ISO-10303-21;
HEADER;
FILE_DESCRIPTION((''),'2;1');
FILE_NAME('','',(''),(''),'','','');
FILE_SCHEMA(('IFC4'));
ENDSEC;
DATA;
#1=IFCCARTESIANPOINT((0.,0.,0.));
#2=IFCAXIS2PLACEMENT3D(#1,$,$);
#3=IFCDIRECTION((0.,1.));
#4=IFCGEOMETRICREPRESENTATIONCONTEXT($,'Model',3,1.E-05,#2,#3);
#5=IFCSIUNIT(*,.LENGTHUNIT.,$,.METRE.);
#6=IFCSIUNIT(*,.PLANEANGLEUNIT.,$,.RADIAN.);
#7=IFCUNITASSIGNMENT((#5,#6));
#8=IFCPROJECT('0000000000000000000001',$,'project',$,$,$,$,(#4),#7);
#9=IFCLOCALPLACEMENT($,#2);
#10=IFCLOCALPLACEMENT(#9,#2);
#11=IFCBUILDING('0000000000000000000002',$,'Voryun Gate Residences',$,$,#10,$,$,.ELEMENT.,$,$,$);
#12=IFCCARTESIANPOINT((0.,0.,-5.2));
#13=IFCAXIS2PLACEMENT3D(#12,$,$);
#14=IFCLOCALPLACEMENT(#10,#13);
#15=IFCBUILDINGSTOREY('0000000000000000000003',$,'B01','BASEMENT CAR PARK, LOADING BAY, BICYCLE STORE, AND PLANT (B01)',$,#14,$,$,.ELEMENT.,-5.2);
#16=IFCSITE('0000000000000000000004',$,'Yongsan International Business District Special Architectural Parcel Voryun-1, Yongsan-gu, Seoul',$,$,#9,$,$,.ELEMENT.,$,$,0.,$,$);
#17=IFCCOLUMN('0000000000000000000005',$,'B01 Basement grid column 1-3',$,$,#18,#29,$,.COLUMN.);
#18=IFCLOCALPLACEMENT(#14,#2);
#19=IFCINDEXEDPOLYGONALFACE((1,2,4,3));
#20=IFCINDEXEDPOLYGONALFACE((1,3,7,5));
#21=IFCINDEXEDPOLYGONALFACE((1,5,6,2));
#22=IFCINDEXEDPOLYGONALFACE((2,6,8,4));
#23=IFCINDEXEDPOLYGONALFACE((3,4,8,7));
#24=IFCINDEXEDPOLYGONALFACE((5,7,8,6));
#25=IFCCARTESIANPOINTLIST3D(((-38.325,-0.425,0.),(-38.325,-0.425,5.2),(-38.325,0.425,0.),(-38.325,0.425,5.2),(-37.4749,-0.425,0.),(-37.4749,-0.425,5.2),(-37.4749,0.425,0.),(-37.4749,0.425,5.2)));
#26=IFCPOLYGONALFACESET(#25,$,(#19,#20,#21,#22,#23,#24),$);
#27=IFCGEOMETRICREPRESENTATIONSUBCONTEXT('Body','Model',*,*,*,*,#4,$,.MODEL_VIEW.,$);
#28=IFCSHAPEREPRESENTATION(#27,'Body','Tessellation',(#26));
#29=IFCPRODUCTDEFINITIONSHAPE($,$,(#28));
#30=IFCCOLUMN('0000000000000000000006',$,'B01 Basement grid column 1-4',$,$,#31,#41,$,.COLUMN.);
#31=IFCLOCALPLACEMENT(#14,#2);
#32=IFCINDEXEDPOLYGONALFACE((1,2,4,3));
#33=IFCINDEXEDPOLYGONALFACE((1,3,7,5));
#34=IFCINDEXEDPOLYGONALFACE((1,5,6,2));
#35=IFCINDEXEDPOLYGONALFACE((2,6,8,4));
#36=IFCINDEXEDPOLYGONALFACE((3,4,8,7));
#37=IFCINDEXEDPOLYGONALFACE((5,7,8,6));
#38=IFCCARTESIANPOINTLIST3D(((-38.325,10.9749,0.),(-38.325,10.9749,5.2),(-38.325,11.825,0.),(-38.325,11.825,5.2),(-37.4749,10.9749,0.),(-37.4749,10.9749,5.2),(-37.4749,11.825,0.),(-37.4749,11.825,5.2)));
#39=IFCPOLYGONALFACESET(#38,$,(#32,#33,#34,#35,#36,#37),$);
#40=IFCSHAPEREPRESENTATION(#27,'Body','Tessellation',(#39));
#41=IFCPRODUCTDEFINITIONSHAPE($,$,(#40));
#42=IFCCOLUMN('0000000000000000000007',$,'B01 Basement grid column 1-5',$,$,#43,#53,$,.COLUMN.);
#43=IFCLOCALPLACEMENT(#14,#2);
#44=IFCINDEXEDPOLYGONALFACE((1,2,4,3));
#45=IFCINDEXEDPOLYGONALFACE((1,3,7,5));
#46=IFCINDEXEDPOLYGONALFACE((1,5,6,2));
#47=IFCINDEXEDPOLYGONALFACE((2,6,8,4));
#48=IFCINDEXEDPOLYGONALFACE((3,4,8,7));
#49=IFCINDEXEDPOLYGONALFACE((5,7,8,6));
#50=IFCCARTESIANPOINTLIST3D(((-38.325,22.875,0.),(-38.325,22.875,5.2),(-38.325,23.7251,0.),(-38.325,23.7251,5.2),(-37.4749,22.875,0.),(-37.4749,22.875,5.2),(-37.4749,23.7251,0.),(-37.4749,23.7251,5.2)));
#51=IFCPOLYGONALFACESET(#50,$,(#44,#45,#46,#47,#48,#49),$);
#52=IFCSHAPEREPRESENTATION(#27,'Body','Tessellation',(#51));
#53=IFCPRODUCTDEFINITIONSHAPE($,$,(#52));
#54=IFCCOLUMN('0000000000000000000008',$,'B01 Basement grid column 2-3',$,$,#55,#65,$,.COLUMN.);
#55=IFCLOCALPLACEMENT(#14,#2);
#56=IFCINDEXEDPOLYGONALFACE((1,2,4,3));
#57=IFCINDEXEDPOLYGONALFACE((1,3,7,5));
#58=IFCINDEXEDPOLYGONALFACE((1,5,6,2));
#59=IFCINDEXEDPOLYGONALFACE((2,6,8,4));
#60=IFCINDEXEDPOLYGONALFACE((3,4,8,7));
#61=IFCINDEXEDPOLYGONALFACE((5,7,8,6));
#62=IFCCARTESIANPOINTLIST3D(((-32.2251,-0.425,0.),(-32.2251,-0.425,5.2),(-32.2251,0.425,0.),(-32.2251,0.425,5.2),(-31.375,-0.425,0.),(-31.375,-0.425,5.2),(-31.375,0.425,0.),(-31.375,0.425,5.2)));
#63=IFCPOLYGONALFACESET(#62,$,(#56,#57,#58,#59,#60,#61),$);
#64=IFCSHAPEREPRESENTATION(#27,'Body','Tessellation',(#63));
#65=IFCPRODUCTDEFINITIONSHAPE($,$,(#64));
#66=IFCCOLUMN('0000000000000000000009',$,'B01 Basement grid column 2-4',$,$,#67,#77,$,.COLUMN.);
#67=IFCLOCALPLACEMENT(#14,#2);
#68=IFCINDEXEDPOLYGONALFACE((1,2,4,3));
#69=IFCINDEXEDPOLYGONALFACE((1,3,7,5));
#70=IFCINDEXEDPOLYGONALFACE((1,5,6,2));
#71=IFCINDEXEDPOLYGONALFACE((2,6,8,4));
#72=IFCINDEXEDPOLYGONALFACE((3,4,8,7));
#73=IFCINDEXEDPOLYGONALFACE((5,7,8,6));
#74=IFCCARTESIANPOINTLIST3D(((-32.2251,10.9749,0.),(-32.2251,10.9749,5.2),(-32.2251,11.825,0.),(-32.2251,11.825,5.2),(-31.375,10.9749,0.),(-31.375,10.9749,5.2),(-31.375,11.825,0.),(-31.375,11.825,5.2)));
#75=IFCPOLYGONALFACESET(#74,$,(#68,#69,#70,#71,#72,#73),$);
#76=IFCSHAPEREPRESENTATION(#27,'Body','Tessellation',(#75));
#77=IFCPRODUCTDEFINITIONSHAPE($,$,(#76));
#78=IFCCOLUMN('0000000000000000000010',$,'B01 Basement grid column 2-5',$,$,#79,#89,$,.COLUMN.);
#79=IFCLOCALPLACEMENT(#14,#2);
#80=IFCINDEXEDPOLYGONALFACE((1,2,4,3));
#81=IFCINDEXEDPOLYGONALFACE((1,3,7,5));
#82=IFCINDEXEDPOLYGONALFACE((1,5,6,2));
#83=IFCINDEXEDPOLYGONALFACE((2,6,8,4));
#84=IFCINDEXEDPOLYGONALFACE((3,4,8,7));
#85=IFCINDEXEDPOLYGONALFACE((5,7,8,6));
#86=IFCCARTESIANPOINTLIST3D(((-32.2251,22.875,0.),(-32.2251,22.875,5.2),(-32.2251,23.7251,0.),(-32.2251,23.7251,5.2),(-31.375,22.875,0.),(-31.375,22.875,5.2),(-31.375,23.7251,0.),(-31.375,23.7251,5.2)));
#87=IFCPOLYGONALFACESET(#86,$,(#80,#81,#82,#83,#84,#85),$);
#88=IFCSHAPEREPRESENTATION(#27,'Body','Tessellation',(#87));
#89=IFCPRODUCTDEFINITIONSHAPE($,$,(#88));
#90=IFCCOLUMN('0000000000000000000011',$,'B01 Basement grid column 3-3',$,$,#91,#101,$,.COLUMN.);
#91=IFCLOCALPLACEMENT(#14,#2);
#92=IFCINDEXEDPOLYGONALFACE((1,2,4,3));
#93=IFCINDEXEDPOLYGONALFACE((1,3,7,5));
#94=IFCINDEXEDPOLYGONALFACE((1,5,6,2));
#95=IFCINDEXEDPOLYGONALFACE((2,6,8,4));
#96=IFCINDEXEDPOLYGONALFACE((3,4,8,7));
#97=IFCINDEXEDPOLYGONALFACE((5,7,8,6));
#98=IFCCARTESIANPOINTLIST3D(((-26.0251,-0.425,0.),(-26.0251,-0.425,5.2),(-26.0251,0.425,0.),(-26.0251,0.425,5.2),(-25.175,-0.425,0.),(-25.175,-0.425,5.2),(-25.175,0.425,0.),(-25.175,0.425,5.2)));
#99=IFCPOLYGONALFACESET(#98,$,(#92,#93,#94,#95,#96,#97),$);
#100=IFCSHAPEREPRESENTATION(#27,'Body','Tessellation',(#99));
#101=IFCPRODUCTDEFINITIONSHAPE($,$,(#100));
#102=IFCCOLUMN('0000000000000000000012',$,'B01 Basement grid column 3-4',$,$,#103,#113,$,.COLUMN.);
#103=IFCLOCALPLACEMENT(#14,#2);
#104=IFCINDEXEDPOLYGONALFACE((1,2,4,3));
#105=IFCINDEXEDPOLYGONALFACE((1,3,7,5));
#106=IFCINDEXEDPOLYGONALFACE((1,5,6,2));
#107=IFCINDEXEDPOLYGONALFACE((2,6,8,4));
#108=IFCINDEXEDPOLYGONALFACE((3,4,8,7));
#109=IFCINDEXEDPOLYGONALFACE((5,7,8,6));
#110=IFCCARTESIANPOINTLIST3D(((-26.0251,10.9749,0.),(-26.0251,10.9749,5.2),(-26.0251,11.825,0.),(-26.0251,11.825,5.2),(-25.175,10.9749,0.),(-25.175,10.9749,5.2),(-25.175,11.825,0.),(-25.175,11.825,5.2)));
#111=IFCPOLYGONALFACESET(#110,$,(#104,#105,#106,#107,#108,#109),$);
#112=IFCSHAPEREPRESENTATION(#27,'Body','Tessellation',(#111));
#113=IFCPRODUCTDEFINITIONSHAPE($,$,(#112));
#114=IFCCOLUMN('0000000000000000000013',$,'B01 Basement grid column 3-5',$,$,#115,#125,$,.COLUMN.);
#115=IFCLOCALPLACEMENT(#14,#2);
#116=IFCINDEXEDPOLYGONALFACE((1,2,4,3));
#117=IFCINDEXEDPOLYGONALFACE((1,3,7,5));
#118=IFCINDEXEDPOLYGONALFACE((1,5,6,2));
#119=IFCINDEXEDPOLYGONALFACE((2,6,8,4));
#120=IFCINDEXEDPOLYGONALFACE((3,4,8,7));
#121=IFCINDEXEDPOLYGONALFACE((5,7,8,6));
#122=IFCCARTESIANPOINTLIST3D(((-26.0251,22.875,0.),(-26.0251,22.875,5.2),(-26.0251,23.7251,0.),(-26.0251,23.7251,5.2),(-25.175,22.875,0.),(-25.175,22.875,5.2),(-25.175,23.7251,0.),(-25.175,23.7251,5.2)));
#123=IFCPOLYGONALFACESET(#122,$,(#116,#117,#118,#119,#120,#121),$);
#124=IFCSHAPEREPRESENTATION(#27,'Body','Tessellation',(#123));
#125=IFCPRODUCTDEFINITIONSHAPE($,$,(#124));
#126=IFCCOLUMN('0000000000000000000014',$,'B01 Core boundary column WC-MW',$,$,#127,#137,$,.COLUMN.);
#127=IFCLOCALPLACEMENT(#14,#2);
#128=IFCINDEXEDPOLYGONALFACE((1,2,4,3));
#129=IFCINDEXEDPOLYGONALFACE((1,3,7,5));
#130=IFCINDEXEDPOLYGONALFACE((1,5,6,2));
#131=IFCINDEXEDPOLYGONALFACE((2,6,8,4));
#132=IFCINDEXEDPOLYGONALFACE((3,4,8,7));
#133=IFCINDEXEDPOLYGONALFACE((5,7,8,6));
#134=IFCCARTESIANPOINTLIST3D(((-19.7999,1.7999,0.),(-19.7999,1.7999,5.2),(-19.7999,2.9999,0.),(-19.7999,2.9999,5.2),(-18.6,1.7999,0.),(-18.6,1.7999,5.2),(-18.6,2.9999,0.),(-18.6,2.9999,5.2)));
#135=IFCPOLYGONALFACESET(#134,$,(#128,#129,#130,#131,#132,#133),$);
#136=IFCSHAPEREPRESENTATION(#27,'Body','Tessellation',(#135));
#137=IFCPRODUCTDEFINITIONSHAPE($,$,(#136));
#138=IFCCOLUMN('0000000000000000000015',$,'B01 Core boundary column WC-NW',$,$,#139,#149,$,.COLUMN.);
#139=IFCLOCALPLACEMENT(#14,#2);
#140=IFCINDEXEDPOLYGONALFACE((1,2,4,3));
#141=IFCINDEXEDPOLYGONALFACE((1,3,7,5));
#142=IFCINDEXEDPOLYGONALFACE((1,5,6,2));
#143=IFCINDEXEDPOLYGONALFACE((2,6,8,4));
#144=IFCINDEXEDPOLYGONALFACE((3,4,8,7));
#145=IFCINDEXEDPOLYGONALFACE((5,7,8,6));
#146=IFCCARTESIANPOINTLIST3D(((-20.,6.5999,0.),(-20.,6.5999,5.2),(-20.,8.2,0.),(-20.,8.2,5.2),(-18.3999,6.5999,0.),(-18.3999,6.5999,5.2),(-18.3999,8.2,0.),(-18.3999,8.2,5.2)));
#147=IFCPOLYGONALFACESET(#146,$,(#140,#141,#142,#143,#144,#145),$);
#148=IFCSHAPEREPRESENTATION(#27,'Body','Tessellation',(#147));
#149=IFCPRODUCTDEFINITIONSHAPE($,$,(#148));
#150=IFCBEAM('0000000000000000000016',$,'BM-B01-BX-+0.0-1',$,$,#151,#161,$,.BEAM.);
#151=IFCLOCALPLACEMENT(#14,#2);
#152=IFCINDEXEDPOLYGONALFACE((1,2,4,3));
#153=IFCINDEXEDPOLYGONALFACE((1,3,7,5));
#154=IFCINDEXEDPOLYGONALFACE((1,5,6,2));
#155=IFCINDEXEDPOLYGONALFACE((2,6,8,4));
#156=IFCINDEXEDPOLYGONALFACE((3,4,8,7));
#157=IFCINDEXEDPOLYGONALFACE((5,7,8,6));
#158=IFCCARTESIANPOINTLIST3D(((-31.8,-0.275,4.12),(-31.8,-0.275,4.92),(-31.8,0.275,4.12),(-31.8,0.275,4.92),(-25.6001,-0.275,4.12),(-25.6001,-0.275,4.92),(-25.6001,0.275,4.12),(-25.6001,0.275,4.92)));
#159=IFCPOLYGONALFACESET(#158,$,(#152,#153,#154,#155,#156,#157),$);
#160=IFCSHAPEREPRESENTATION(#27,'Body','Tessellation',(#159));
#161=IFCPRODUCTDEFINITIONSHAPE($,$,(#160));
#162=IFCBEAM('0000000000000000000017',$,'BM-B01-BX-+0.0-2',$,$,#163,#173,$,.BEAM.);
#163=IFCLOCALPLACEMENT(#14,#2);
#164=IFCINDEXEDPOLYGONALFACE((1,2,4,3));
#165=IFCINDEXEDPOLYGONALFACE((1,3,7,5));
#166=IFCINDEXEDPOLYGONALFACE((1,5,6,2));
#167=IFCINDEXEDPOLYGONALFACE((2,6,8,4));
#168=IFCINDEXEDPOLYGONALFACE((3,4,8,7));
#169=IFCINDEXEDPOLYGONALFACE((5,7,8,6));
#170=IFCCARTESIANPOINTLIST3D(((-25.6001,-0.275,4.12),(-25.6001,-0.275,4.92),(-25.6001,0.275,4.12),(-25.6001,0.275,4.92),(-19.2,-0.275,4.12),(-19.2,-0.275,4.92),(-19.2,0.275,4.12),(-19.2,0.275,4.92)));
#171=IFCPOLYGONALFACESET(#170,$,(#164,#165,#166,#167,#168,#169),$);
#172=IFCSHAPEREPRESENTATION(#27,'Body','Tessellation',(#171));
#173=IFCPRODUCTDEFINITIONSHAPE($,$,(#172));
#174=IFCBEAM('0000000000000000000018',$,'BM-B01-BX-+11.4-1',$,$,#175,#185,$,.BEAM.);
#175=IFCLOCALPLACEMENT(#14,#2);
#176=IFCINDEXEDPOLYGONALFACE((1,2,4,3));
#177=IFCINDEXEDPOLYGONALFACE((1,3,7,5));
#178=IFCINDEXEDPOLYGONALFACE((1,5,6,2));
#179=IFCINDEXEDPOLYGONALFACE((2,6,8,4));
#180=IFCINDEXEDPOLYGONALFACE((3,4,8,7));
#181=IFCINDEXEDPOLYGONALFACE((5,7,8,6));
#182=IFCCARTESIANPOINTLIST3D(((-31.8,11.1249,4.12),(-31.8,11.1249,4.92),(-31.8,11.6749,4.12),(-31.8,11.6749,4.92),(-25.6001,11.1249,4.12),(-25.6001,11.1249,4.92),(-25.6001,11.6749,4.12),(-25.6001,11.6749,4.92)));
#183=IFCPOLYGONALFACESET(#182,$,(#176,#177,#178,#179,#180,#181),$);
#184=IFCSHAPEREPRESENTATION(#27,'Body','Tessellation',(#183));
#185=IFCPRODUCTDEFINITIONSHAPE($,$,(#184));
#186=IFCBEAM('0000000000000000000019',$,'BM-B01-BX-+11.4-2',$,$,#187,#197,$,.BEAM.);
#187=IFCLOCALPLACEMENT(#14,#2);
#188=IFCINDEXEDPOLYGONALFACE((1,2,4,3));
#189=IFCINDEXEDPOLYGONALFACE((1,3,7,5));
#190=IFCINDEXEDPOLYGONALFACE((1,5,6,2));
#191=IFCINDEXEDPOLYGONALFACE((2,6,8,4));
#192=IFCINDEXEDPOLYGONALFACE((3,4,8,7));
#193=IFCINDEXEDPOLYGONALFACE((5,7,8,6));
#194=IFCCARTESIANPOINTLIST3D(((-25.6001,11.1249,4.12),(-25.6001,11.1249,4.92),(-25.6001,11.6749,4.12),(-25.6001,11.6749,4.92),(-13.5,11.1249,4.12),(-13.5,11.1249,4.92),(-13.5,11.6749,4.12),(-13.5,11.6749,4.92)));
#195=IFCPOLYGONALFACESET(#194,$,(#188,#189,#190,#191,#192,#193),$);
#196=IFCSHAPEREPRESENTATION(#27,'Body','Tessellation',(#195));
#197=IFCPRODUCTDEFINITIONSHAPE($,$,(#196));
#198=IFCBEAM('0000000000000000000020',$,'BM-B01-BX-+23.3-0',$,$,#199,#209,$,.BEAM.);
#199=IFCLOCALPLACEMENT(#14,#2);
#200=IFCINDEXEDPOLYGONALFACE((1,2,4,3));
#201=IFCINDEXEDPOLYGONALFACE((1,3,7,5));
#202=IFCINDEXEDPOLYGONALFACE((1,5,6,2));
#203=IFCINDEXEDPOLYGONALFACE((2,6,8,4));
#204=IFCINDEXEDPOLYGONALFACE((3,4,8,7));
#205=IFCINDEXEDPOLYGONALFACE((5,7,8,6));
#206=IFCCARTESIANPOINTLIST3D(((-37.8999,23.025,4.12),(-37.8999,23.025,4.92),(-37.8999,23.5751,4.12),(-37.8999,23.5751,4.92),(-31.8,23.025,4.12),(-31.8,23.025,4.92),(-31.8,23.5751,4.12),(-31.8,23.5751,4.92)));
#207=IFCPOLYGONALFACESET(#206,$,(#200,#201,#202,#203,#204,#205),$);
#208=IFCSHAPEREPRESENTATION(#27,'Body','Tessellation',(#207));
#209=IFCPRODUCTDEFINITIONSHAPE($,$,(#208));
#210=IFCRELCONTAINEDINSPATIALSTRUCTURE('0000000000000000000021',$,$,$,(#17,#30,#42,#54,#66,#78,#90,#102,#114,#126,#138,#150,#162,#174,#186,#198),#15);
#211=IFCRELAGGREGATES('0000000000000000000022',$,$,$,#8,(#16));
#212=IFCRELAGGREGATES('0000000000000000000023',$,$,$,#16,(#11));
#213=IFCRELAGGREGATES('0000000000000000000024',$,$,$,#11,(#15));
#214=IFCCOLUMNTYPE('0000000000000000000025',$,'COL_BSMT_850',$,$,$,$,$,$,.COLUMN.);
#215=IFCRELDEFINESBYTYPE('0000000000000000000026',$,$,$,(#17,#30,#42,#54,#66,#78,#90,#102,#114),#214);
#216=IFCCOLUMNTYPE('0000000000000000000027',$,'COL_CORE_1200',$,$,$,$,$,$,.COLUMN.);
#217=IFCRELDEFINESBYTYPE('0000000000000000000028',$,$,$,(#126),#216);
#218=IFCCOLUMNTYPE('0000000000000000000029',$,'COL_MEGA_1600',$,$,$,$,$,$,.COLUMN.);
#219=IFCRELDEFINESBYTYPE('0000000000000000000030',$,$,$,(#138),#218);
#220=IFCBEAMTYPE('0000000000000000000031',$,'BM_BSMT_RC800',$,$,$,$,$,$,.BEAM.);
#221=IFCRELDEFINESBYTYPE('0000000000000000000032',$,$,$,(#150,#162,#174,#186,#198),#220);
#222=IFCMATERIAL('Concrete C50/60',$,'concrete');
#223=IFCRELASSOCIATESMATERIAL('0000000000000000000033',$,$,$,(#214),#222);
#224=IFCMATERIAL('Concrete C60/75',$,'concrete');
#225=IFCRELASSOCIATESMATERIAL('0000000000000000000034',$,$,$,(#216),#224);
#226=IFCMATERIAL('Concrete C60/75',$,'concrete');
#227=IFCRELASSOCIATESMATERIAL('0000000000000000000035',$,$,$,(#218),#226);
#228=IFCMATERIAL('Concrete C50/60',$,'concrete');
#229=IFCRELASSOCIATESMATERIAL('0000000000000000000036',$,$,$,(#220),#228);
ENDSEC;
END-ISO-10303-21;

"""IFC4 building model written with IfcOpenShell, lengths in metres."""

from ifc_helpers import new_model, si_unit, direction, frame, origin, origin_2d, place, context, subcontext, project, spatial, rectangle, extrude, material, material_profile, profile_set, type_object, element, save


model = new_model("IFC4")

# Units and contexts
model_context = context("Model", 3, precision=1e-05, world=origin(), true_north=direction((0.0, 1.0)))
body_context = subcontext(model_context, "Body", "Model", "MODEL_VIEW")
ifc_project = project(units=[si_unit("LENGTHUNIT", "METRE"), si_unit("PLANEANGLEUNIT", "RADIAN")], contexts=[model_context])

# Site, building, storey
site_placement = place(None, origin())
site = spatial("IfcSite", under=ifc_project, at=site_placement, Name="Yongsan International Business District Special Architectural Parcel Voryun-1, Yongsan-gu, Seoul", CompositionType="ELEMENT", RefElevation=0.0)
building_placement = place(site_placement, origin())
building = spatial("IfcBuilding", under=site, at=building_placement, Name="Voryun Gate Residences", CompositionType="ELEMENT")
storey_placement = place(building_placement, frame((0.0, 0.0, -5.2)))
storey = spatial("IfcBuildingStorey", under=building, at=storey_placement, Name="B01", Description="BASEMENT CAR PARK, LOADING BAY, BICYCLE STORE, AND PLANT (B01)", CompositionType="ELEMENT", Elevation=-5.2)

# Columns
ifc_material_1 = material(Name="Concrete C50/60", Category="concrete")
ifc_material_profile_1 = material_profile(ifc_material_1, rectangle(XDim=0.8501, YDim=0.8501, at=origin_2d()), Name="RC-850x850")
ifc_profile_set_1 = profile_set([ifc_material_profile_1], Name="Concrete C50/60")
column_type_1 = type_object("IfcColumnType", Name="COL_BSMT_850", PredefinedType="COLUMN", material=ifc_profile_set_1)
for number, where, z_axis, x_axis, name in (
    (1, (-37.8999, 0.0, 0.0), (0.0, 0.0, 1.0), (1.0, 0.0, 0.0), "B01 Basement grid column 1-3"),
    (2, (-37.8999, 11.3999, 0.0), (0.0, 0.0, 1.0), (1.0, 0.0, 0.0), "B01 Basement grid column 1-4"),
    (3, (-37.8999, 23.3, 0.0), (0.0, 0.0, 1.0), (1.0, 0.0, 0.0), "B01 Basement grid column 1-5"),
    (4, (-31.8, 0.0, 0.0), (0.0, 0.0, 1.0), (1.0, 0.0, 0.0), "B01 Basement grid column 2-3"),
    (5, (-31.8, 11.3999, 0.0), (0.0, 0.0, 1.0), (1.0, 0.0, 0.0), "B01 Basement grid column 2-4"),
    (6, (-31.8, 23.3, 0.0), (0.0, 0.0, 1.0), (1.0, 0.0, 0.0), "B01 Basement grid column 2-5"),
    (7, (-25.6001, 0.0, 0.0), (0.0, 0.0, 1.0), (1.0, 0.0, 0.0), "B01 Basement grid column 3-3"),
    (8, (-25.6001, 11.3999, 0.0), (0.0, 0.0, 1.0), (1.0, 0.0, 0.0), "B01 Basement grid column 3-4"),
    (9, (-25.6001, 23.3, 0.0), (0.0, 0.0, 1.0), (1.0, 0.0, 0.0), "B01 Basement grid column 3-5"),
):
    element("IfcColumn", number, at=place(storey_placement, frame(where, z_axis=z_axis, x_axis=x_axis)), inside=storey, type_object=column_type_1, Name=name, PredefinedType="COLUMN", context=body_context, shape_type="SweptSolid", body=[
        extrude(rectangle(XDim=0.8501, YDim=0.8501, at=origin_2d()), origin(), (0.0, 0.0, 1.0), 5.2),
    ])
ifc_material_2 = material(Name="Concrete C60/75", Category="concrete")
ifc_material_profile_2 = material_profile(ifc_material_2, rectangle(XDim=1.2, YDim=1.2, at=origin_2d()), Name="RC-1200x1200")
ifc_profile_set_2 = profile_set([ifc_material_profile_2], Name="Concrete C60/75")
column_type_2 = type_object("IfcColumnType", Name="COL_CORE_1200", PredefinedType="COLUMN", material=ifc_profile_set_2)
column_1_placement = place(storey_placement, frame((-19.2, 2.3999, 0.0), z_axis=(0.0, 0.0, 1.0), x_axis=(1.0, 0.0, 0.0)))
element("IfcColumn", 10, at=column_1_placement, inside=storey, type_object=column_type_2, Name="B01 Core boundary column WC-MW", PredefinedType="COLUMN", context=body_context, shape_type="SweptSolid", body=[
    extrude(rectangle(XDim=1.2, YDim=1.2, at=origin_2d()), origin(), (0.0, 0.0, 1.0), 5.2),
])
ifc_material_3 = material(Name="Concrete C60/75", Category="concrete")
ifc_material_profile_3 = material_profile(ifc_material_3, rectangle(XDim=1.6001, YDim=1.6001, at=origin_2d()), Name="RC-1600x1600")
ifc_profile_set_3 = profile_set([ifc_material_profile_3], Name="Concrete C60/75")
column_type_3 = type_object("IfcColumnType", Name="COL_MEGA_1600", PredefinedType="COLUMN", material=ifc_profile_set_3)
column_2_placement = place(storey_placement, frame((-19.2, 7.3999, 0.0), z_axis=(0.0, 0.0, 1.0), x_axis=(1.0, 0.0, 0.0)))
element("IfcColumn", 11, at=column_2_placement, inside=storey, type_object=column_type_3, Name="B01 Core boundary column WC-NW", PredefinedType="COLUMN", context=body_context, shape_type="SweptSolid", body=[
    extrude(rectangle(XDim=1.6001, YDim=1.6001, at=origin_2d()), origin(), (0.0, 0.0, 1.0), 5.2),
])

# Beams
ifc_material_4 = material(Name="Concrete C50/60", Category="concrete")
ifc_material_profile_4 = material_profile(ifc_material_4, rectangle(XDim=0.55, YDim=0.8, at=origin_2d()), Name="RC-550x800")
ifc_profile_set_4 = profile_set([ifc_material_profile_4], Name="Concrete C50/60")
beam_type_1 = type_object("IfcBeamType", Name="BM_BSMT_RC800", PredefinedType="BEAM", material=ifc_profile_set_4)
beam_1_placement = place(storey_placement, frame((-31.8, 0.0, 4.52), z_axis=(1.0, 0.0, 0.0), x_axis=(0.0, 1.0, 0.0)))
element("IfcBeam", 12, at=beam_1_placement, inside=storey, type_object=beam_type_1, Name="BM-B01-BX-+0.0-1", PredefinedType="BEAM", context=body_context, shape_type="SweptSolid", body=[
    extrude(rectangle(XDim=0.55, YDim=0.8, at=origin_2d()), origin(), (0.0, 0.0, 1.0), 6.2),
])
beam_2_placement = place(storey_placement, frame((-25.6001, 0.0, 4.52), z_axis=(1.0, 0.0, 0.0), x_axis=(0.0, 1.0, 0.0)))
element("IfcBeam", 13, at=beam_2_placement, inside=storey, type_object=beam_type_1, Name="BM-B01-BX-+0.0-2", PredefinedType="BEAM", context=body_context, shape_type="SweptSolid", body=[
    extrude(rectangle(XDim=0.55, YDim=0.8, at=origin_2d()), origin(), (0.0, 0.0, 1.0), 6.4001),
])
beam_3_placement = place(storey_placement, frame((-31.8, 11.3999, 4.52), z_axis=(1.0, 0.0, 0.0), x_axis=(0.0, 1.0, 0.0)))
element("IfcBeam", 14, at=beam_3_placement, inside=storey, type_object=beam_type_1, Name="BM-B01-BX-+11.4-1", PredefinedType="BEAM", context=body_context, shape_type="SweptSolid", body=[
    extrude(rectangle(XDim=0.55, YDim=0.8, at=origin_2d()), origin(), (0.0, 0.0, 1.0), 6.2),
])
beam_4_placement = place(storey_placement, frame((-25.6001, 11.3999, 4.52), z_axis=(1.0, 0.0, 0.0), x_axis=(0.0, 1.0, 0.0)))
element("IfcBeam", 15, at=beam_4_placement, inside=storey, type_object=beam_type_1, Name="BM-B01-BX-+11.4-2", PredefinedType="BEAM", context=body_context, shape_type="SweptSolid", body=[
    extrude(rectangle(XDim=0.55, YDim=0.8, at=origin_2d()), origin(), (0.0, 0.0, 1.0), 12.1001),
])
beam_5_placement = place(storey_placement, frame((-37.8999, 23.3, 4.52), z_axis=(1.0, 0.0, 0.0), x_axis=(0.0, 1.0, 0.0)))
element("IfcBeam", 16, at=beam_5_placement, inside=storey, type_object=beam_type_1, Name="BM-B01-BX-+23.3-0", PredefinedType="BEAM", context=body_context, shape_type="SweptSolid", body=[
    extrude(rectangle(XDim=0.55, YDim=0.8, at=origin_2d()), origin(), (0.0, 0.0, 1.0), 6.0999),
])

save(model, "model.ifc")
